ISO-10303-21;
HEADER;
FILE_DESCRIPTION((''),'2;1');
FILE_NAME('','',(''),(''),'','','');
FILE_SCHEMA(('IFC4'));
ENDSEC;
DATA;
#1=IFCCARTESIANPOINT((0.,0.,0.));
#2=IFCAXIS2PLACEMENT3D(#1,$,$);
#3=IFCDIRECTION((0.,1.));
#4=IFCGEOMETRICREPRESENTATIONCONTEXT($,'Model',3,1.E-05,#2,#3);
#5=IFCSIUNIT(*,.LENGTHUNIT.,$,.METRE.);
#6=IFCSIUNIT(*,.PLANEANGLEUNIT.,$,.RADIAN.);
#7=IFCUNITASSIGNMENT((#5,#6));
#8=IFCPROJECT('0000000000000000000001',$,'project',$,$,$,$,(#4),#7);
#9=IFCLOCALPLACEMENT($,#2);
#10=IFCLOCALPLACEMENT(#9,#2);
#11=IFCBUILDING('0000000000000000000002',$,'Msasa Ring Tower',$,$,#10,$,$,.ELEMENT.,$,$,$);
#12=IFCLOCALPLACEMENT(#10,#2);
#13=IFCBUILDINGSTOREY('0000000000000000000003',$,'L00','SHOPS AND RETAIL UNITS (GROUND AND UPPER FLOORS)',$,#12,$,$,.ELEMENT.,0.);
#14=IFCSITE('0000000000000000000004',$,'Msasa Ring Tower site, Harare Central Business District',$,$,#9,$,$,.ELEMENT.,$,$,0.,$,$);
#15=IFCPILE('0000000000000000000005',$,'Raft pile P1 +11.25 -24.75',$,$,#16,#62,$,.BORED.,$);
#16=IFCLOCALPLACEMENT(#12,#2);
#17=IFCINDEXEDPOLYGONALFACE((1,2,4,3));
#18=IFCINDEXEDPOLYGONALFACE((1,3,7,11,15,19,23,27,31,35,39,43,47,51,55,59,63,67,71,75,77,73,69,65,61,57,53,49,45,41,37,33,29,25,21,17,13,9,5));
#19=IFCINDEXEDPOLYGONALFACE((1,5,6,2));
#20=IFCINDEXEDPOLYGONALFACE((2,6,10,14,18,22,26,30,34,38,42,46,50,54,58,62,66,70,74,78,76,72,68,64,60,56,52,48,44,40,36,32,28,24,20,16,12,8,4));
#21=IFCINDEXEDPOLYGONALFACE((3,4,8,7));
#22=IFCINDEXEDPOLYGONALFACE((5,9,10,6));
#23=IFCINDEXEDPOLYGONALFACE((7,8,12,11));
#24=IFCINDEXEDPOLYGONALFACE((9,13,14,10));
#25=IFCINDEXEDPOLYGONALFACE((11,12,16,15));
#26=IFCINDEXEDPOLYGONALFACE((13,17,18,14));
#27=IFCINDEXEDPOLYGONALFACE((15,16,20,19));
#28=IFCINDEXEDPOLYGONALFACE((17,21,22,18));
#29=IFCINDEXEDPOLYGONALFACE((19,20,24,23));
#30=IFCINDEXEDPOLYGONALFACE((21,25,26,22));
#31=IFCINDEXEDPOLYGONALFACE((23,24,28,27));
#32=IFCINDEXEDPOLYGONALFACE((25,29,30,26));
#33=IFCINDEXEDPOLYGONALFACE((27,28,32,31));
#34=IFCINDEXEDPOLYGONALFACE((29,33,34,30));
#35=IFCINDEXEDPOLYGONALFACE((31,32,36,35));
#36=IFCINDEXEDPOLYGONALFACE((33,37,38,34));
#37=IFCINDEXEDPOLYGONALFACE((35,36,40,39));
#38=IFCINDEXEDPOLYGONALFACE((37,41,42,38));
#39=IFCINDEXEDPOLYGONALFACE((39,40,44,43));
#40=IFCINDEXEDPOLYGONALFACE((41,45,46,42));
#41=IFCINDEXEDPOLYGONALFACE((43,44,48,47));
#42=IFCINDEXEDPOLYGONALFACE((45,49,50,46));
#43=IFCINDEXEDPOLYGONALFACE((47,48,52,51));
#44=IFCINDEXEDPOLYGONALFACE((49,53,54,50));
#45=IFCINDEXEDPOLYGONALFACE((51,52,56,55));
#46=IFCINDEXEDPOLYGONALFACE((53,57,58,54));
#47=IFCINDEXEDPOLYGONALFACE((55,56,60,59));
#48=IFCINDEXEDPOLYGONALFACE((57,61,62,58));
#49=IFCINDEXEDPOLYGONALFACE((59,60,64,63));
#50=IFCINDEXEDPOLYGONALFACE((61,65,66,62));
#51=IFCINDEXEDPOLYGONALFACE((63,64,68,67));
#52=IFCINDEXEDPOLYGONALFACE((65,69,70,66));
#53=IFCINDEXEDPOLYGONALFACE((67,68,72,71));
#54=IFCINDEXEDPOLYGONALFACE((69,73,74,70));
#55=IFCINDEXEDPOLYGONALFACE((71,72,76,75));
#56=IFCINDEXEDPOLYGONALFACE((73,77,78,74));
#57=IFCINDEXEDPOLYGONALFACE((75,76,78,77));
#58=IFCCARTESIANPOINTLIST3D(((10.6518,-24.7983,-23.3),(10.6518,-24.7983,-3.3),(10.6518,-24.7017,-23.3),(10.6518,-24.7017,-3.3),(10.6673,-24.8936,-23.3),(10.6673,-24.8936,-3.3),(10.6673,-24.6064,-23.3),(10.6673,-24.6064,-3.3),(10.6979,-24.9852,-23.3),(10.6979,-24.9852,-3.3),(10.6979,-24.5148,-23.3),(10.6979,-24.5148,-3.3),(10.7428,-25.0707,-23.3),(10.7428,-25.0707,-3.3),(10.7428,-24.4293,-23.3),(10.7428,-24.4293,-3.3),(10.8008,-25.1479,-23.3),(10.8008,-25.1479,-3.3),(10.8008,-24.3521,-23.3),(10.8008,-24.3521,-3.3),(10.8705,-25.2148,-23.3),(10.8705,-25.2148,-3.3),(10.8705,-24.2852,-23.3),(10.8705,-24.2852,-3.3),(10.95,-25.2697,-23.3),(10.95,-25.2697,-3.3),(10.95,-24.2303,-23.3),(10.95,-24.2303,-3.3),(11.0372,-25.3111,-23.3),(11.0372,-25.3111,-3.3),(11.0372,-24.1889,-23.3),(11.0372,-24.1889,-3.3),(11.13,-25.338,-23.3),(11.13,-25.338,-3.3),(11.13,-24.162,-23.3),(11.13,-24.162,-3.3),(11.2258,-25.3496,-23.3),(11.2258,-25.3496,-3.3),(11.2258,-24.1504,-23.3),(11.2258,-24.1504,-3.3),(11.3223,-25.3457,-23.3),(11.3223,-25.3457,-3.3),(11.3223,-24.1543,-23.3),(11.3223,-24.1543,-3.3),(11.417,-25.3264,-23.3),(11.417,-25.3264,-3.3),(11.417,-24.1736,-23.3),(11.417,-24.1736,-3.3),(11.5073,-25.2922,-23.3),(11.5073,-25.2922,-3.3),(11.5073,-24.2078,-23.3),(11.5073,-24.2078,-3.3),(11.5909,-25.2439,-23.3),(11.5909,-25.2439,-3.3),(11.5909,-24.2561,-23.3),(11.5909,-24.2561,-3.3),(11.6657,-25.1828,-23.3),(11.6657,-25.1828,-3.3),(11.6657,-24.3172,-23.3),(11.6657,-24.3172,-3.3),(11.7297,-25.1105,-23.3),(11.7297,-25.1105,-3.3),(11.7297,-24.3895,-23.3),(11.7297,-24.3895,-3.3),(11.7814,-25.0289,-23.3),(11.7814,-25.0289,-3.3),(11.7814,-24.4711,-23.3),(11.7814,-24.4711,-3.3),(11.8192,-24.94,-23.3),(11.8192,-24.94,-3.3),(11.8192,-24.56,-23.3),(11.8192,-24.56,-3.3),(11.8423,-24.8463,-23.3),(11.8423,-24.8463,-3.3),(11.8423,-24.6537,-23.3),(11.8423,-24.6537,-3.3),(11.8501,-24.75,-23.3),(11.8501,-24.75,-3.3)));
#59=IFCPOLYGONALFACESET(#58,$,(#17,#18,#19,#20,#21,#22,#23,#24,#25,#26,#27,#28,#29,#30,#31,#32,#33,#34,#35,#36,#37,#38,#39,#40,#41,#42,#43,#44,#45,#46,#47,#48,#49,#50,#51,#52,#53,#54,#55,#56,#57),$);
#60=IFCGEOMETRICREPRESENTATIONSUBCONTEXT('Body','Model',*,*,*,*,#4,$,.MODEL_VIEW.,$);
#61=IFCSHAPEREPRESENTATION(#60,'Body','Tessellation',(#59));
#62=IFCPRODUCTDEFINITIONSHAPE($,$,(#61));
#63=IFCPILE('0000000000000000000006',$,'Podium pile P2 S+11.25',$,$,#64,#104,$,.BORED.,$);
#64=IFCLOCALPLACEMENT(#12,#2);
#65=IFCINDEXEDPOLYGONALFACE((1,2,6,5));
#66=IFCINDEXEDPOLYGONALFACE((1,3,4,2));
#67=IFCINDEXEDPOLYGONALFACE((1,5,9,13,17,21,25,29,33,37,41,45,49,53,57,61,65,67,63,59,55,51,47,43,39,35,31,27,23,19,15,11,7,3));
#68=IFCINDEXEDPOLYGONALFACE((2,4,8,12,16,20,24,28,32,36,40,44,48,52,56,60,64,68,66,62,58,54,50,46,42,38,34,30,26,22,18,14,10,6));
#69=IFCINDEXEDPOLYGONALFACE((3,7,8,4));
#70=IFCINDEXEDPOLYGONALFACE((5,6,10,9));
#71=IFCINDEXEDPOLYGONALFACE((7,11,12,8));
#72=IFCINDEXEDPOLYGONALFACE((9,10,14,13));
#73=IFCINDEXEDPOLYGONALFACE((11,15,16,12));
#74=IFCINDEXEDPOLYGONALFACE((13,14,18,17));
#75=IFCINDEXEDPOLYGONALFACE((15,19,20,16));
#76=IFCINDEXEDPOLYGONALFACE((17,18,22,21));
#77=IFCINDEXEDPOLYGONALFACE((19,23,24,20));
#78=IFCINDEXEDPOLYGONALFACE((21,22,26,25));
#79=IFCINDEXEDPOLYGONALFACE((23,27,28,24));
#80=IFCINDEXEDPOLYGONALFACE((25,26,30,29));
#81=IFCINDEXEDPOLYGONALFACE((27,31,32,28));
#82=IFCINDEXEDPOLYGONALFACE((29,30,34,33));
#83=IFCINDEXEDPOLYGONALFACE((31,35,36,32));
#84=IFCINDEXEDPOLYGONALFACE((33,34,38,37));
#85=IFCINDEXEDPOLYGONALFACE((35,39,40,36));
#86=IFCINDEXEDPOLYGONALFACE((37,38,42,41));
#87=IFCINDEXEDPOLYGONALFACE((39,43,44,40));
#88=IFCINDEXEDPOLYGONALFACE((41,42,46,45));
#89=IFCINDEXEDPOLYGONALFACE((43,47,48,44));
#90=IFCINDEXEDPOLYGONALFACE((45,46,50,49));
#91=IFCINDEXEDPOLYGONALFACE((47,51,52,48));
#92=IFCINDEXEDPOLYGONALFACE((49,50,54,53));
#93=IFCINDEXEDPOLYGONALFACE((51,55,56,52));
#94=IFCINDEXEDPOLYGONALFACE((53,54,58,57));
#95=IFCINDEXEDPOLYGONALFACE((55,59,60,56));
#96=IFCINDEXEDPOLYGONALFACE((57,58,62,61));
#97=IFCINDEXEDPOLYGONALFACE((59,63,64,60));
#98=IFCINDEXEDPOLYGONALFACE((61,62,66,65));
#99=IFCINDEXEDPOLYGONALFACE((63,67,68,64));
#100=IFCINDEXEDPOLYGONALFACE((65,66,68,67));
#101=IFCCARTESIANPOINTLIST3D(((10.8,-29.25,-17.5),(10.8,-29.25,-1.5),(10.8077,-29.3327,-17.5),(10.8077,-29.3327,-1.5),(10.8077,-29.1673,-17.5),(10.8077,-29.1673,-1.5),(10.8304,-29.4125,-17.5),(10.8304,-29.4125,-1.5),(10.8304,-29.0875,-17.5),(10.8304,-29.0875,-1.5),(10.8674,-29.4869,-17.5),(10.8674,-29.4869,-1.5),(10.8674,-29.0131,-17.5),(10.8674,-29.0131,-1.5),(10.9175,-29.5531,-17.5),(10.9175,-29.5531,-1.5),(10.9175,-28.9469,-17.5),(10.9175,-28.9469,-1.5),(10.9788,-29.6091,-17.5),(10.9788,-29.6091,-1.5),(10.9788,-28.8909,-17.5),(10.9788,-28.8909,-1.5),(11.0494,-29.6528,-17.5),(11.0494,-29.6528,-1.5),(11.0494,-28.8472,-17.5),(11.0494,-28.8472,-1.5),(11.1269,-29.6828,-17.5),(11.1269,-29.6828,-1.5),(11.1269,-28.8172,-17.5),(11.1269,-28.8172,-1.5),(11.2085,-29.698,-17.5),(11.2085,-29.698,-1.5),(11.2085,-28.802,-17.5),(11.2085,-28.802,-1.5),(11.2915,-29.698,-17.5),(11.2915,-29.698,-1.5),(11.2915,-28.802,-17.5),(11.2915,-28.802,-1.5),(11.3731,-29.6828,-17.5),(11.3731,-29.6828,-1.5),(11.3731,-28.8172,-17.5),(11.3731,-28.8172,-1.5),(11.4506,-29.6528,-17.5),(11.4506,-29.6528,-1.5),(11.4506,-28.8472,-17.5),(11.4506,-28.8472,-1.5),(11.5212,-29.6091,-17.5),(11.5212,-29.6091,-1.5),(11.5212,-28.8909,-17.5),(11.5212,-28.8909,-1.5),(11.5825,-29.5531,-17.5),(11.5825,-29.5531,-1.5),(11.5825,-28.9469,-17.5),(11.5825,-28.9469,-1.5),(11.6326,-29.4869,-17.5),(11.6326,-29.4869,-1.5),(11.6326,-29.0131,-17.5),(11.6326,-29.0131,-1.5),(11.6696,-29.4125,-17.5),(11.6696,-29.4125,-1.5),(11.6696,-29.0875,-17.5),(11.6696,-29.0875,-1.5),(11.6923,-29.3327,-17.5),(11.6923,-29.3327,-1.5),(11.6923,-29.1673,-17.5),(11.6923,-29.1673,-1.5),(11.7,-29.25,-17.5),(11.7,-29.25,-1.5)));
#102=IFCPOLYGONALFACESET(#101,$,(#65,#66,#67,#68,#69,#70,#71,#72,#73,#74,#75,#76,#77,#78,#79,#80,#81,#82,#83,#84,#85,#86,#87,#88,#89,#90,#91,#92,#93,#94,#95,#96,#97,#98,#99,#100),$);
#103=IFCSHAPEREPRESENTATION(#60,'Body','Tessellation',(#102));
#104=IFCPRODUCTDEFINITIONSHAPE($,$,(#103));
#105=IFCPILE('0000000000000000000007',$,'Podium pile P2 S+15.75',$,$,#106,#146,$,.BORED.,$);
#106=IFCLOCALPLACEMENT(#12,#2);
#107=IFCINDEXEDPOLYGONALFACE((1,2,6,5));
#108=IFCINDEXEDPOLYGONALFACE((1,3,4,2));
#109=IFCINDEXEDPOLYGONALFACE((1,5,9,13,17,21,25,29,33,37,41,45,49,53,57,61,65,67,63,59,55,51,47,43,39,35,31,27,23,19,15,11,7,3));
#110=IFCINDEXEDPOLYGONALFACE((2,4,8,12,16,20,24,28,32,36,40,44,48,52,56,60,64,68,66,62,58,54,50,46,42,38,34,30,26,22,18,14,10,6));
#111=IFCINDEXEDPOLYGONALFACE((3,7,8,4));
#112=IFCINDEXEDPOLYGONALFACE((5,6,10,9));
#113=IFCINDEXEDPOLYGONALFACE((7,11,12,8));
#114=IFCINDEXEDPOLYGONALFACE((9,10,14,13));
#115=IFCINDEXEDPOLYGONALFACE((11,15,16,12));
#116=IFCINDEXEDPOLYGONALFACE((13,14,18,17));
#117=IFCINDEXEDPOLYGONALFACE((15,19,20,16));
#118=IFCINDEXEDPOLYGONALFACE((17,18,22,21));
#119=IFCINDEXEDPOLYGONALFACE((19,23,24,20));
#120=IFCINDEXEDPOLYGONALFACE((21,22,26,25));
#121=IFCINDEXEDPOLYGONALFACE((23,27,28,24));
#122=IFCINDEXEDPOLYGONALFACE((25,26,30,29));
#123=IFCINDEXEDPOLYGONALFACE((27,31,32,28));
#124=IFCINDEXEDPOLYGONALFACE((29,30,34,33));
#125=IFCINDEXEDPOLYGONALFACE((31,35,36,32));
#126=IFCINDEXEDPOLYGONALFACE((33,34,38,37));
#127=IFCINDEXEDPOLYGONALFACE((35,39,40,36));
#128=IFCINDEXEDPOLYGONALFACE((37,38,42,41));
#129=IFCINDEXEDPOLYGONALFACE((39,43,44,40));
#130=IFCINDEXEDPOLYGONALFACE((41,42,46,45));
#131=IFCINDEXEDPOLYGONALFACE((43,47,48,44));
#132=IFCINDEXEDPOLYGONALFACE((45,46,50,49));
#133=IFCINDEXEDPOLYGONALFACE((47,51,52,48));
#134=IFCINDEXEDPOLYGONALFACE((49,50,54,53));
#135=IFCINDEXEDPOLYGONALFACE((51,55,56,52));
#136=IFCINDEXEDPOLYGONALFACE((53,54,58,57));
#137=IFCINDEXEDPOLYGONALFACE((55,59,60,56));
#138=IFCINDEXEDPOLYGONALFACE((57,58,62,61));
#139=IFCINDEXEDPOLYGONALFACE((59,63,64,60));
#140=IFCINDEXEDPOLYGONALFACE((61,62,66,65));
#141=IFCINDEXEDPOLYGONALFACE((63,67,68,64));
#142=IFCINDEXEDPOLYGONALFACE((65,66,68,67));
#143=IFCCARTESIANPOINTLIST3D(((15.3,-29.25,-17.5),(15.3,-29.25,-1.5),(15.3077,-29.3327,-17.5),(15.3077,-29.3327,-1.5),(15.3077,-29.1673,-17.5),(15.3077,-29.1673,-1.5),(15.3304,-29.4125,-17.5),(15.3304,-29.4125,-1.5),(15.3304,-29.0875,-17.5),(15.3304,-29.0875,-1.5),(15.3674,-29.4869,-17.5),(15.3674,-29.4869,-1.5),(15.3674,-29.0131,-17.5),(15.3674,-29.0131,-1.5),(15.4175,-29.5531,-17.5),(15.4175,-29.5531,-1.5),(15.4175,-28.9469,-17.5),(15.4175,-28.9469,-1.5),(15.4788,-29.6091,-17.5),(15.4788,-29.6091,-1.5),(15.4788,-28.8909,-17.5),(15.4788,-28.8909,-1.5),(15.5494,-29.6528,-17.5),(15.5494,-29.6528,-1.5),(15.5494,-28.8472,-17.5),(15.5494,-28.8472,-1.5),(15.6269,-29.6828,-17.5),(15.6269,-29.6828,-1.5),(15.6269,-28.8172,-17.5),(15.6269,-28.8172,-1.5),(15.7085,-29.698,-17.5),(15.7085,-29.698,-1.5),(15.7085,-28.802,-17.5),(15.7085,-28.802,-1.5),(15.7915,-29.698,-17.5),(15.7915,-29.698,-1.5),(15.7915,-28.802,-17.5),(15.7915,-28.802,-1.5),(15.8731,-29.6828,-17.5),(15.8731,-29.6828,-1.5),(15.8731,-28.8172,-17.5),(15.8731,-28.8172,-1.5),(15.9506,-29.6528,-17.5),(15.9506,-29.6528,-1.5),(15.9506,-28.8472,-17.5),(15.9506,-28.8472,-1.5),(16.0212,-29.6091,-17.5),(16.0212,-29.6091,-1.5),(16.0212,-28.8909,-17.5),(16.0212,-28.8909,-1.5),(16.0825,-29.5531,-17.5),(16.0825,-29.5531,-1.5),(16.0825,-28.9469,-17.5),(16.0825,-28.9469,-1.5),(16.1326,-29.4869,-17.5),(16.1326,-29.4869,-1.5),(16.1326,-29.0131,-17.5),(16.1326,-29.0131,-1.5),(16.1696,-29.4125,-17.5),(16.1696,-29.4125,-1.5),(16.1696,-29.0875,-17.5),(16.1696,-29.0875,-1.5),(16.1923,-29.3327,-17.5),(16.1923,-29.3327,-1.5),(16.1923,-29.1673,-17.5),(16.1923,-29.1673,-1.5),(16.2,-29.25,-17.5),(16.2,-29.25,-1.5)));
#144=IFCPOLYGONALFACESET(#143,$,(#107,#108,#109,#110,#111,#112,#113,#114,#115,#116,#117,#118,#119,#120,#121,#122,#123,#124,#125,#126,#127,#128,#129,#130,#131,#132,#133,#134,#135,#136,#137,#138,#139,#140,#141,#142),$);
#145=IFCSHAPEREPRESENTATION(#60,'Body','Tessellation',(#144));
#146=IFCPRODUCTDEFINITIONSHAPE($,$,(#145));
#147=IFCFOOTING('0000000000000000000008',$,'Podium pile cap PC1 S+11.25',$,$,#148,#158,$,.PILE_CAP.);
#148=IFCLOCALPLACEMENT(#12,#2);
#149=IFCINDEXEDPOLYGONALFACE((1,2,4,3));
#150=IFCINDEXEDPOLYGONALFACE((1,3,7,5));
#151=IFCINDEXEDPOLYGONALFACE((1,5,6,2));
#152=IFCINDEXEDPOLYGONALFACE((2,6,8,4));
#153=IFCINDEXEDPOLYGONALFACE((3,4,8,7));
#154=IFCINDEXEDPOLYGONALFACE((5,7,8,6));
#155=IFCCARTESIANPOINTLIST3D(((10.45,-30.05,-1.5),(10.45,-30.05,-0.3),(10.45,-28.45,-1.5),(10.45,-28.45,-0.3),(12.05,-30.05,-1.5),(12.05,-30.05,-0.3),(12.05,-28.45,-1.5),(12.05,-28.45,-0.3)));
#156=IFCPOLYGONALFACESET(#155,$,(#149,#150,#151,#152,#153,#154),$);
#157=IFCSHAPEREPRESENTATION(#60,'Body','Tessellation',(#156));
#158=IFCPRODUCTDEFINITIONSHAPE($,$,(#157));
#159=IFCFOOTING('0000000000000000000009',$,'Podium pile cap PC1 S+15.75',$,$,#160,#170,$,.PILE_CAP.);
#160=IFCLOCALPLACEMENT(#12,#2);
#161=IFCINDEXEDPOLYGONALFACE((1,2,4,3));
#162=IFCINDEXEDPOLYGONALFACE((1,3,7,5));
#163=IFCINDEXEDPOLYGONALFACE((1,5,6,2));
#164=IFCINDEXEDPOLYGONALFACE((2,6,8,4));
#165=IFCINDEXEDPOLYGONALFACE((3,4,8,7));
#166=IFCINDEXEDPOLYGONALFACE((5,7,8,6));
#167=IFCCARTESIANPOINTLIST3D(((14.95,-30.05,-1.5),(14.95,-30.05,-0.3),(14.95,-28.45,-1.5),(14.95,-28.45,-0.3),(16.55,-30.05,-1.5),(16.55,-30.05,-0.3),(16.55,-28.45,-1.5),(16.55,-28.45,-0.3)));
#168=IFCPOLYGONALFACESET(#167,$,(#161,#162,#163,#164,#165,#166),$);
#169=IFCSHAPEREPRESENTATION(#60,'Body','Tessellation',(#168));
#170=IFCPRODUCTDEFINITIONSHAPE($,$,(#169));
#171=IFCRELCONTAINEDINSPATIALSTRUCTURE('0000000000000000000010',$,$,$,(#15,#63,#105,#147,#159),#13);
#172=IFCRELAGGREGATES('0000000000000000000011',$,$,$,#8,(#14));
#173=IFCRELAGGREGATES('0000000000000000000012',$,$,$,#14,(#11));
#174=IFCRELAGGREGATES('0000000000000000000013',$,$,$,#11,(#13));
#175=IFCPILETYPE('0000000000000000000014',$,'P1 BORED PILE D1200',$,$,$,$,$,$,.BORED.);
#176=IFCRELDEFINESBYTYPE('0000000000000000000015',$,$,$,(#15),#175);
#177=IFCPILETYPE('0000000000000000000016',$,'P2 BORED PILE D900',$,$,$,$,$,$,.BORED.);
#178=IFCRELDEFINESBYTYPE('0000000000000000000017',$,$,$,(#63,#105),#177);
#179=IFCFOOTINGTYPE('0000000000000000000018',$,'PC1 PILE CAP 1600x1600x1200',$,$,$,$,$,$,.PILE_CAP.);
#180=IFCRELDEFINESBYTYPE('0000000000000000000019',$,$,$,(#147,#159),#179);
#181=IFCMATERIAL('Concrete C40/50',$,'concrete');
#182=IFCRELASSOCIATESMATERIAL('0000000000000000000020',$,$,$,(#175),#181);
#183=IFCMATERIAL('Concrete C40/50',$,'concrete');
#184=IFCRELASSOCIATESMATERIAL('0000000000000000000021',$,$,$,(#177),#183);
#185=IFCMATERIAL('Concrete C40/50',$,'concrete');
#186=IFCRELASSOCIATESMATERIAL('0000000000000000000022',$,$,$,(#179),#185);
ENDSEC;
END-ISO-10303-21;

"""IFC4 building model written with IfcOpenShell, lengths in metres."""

from ifc_helpers import new_model, si_unit, direction, frame, origin, origin_2d, place, context, subcontext, project, spatial, rectangle, circle, extrude, material, material_profile, profile_set, type_object, element, save


model = new_model("IFC4")

# Units and contexts
model_context = context("Model", 3, precision=1e-05, world=origin(), true_north=direction((0.0, 1.0)))
body_context = subcontext(model_context, "Body", "Model", "MODEL_VIEW")
ifc_project = project(units=[si_unit("LENGTHUNIT", "METRE"), si_unit("PLANEANGLEUNIT", "RADIAN")], contexts=[model_context])

# Site, building, storey
site_placement = place(None, origin())
site = spatial("IfcSite", under=ifc_project, at=site_placement, Name="Msasa Ring Tower site, Harare Central Business District", CompositionType="ELEMENT", RefElevation=0.0)
building_placement = place(site_placement, origin())
building = spatial("IfcBuilding", under=site, at=building_placement, Name="Msasa Ring Tower", CompositionType="ELEMENT")
storey_placement = place(building_placement, origin())
storey = spatial("IfcBuildingStorey", under=building, at=storey_placement, Name="L00", Description="SHOPS AND RETAIL UNITS (GROUND AND UPPER FLOORS)", CompositionType="ELEMENT", Elevation=0.0)

# Piles
ifc_material_1 = material(Name="Concrete C40/50", Category="concrete")
ifc_material_profile_1 = material_profile(ifc_material_1, circle(Radius=0.6001, at=origin_2d()), Name="D1200")
ifc_profile_set_1 = profile_set([ifc_material_profile_1], Name="Concrete C40/50")
pile_type_1 = type_object("IfcPileType", Name="P1 BORED PILE D1200", PredefinedType="BORED", material=ifc_profile_set_1)
pile_placement = place(storey_placement, frame((11.25, -24.75, -3.3), z_axis=(0.0, 0.0, -1.0), x_axis=(1.0, 0.0, 0.0)))
element("IfcPile", 1, at=pile_placement, inside=storey, type_object=pile_type_1, Name="Raft pile P1 +11.25 -24.75", PredefinedType="BORED", context=body_context, shape_type="SweptSolid", body=[
    extrude(circle(Radius=0.6001, at=origin_2d()), origin(), (0.0, 0.0, 1.0), 20.0),
])
ifc_material_2 = material(Name="Concrete C40/50", Category="concrete")
ifc_material_profile_2 = material_profile(ifc_material_2, circle(Radius=0.45, at=origin_2d()), Name="D900")
ifc_profile_set_2 = profile_set([ifc_material_profile_2], Name="Concrete C40/50")
pile_type_2 = type_object("IfcPileType", Name="P2 BORED PILE D900", PredefinedType="BORED", material=ifc_profile_set_2)
for number, where, z_axis, x_axis, name in (
    (2, (11.25, -29.25, -1.5), (0.0, 0.0, -1.0), (1.0, 0.0, 0.0), "Podium pile P2 S+11.25"),
    (3, (15.75, -29.25, -1.5), (0.0, 0.0, -1.0), (1.0, 0.0, 0.0), "Podium pile P2 S+15.75"),
):
    element("IfcPile", number, at=place(storey_placement, frame(where, z_axis=z_axis, x_axis=x_axis)), inside=storey, type_object=pile_type_2, Name=name, PredefinedType="BORED", context=body_context, shape_type="SweptSolid", body=[
        extrude(circle(Radius=0.45, at=origin_2d()), origin(), (0.0, 0.0, 1.0), 16.0),
    ])

# Footings
ifc_material_3 = material(Name="Concrete C40/50", Category="concrete")
footing_type = type_object("IfcFootingType", Name="PC1 PILE CAP 1600x1600x1200", PredefinedType="PILE_CAP", material=ifc_material_3)
for number, where, z_axis, x_axis, name in (
    (4, (11.25, -29.25, -1.5), (0.0, 0.0, 1.0), (1.0, 0.0, 0.0), "Podium pile cap PC1 S+11.25"),
    (5, (15.75, -29.25, -1.5), (0.0, 0.0, 1.0), (1.0, 0.0, 0.0), "Podium pile cap PC1 S+15.75"),
):
    element("IfcFooting", number, at=place(storey_placement, frame(where, z_axis=z_axis, x_axis=x_axis)), inside=storey, type_object=footing_type, Name=name, PredefinedType="PILE_CAP", context=body_context, shape_type="SweptSolid", body=[
        extrude(rectangle(XDim=1.6001, YDim=1.6001, at=origin_2d()), origin(), (0.0, 0.0, 1.0), 1.2),
    ])

save(model, "model.ifc")
